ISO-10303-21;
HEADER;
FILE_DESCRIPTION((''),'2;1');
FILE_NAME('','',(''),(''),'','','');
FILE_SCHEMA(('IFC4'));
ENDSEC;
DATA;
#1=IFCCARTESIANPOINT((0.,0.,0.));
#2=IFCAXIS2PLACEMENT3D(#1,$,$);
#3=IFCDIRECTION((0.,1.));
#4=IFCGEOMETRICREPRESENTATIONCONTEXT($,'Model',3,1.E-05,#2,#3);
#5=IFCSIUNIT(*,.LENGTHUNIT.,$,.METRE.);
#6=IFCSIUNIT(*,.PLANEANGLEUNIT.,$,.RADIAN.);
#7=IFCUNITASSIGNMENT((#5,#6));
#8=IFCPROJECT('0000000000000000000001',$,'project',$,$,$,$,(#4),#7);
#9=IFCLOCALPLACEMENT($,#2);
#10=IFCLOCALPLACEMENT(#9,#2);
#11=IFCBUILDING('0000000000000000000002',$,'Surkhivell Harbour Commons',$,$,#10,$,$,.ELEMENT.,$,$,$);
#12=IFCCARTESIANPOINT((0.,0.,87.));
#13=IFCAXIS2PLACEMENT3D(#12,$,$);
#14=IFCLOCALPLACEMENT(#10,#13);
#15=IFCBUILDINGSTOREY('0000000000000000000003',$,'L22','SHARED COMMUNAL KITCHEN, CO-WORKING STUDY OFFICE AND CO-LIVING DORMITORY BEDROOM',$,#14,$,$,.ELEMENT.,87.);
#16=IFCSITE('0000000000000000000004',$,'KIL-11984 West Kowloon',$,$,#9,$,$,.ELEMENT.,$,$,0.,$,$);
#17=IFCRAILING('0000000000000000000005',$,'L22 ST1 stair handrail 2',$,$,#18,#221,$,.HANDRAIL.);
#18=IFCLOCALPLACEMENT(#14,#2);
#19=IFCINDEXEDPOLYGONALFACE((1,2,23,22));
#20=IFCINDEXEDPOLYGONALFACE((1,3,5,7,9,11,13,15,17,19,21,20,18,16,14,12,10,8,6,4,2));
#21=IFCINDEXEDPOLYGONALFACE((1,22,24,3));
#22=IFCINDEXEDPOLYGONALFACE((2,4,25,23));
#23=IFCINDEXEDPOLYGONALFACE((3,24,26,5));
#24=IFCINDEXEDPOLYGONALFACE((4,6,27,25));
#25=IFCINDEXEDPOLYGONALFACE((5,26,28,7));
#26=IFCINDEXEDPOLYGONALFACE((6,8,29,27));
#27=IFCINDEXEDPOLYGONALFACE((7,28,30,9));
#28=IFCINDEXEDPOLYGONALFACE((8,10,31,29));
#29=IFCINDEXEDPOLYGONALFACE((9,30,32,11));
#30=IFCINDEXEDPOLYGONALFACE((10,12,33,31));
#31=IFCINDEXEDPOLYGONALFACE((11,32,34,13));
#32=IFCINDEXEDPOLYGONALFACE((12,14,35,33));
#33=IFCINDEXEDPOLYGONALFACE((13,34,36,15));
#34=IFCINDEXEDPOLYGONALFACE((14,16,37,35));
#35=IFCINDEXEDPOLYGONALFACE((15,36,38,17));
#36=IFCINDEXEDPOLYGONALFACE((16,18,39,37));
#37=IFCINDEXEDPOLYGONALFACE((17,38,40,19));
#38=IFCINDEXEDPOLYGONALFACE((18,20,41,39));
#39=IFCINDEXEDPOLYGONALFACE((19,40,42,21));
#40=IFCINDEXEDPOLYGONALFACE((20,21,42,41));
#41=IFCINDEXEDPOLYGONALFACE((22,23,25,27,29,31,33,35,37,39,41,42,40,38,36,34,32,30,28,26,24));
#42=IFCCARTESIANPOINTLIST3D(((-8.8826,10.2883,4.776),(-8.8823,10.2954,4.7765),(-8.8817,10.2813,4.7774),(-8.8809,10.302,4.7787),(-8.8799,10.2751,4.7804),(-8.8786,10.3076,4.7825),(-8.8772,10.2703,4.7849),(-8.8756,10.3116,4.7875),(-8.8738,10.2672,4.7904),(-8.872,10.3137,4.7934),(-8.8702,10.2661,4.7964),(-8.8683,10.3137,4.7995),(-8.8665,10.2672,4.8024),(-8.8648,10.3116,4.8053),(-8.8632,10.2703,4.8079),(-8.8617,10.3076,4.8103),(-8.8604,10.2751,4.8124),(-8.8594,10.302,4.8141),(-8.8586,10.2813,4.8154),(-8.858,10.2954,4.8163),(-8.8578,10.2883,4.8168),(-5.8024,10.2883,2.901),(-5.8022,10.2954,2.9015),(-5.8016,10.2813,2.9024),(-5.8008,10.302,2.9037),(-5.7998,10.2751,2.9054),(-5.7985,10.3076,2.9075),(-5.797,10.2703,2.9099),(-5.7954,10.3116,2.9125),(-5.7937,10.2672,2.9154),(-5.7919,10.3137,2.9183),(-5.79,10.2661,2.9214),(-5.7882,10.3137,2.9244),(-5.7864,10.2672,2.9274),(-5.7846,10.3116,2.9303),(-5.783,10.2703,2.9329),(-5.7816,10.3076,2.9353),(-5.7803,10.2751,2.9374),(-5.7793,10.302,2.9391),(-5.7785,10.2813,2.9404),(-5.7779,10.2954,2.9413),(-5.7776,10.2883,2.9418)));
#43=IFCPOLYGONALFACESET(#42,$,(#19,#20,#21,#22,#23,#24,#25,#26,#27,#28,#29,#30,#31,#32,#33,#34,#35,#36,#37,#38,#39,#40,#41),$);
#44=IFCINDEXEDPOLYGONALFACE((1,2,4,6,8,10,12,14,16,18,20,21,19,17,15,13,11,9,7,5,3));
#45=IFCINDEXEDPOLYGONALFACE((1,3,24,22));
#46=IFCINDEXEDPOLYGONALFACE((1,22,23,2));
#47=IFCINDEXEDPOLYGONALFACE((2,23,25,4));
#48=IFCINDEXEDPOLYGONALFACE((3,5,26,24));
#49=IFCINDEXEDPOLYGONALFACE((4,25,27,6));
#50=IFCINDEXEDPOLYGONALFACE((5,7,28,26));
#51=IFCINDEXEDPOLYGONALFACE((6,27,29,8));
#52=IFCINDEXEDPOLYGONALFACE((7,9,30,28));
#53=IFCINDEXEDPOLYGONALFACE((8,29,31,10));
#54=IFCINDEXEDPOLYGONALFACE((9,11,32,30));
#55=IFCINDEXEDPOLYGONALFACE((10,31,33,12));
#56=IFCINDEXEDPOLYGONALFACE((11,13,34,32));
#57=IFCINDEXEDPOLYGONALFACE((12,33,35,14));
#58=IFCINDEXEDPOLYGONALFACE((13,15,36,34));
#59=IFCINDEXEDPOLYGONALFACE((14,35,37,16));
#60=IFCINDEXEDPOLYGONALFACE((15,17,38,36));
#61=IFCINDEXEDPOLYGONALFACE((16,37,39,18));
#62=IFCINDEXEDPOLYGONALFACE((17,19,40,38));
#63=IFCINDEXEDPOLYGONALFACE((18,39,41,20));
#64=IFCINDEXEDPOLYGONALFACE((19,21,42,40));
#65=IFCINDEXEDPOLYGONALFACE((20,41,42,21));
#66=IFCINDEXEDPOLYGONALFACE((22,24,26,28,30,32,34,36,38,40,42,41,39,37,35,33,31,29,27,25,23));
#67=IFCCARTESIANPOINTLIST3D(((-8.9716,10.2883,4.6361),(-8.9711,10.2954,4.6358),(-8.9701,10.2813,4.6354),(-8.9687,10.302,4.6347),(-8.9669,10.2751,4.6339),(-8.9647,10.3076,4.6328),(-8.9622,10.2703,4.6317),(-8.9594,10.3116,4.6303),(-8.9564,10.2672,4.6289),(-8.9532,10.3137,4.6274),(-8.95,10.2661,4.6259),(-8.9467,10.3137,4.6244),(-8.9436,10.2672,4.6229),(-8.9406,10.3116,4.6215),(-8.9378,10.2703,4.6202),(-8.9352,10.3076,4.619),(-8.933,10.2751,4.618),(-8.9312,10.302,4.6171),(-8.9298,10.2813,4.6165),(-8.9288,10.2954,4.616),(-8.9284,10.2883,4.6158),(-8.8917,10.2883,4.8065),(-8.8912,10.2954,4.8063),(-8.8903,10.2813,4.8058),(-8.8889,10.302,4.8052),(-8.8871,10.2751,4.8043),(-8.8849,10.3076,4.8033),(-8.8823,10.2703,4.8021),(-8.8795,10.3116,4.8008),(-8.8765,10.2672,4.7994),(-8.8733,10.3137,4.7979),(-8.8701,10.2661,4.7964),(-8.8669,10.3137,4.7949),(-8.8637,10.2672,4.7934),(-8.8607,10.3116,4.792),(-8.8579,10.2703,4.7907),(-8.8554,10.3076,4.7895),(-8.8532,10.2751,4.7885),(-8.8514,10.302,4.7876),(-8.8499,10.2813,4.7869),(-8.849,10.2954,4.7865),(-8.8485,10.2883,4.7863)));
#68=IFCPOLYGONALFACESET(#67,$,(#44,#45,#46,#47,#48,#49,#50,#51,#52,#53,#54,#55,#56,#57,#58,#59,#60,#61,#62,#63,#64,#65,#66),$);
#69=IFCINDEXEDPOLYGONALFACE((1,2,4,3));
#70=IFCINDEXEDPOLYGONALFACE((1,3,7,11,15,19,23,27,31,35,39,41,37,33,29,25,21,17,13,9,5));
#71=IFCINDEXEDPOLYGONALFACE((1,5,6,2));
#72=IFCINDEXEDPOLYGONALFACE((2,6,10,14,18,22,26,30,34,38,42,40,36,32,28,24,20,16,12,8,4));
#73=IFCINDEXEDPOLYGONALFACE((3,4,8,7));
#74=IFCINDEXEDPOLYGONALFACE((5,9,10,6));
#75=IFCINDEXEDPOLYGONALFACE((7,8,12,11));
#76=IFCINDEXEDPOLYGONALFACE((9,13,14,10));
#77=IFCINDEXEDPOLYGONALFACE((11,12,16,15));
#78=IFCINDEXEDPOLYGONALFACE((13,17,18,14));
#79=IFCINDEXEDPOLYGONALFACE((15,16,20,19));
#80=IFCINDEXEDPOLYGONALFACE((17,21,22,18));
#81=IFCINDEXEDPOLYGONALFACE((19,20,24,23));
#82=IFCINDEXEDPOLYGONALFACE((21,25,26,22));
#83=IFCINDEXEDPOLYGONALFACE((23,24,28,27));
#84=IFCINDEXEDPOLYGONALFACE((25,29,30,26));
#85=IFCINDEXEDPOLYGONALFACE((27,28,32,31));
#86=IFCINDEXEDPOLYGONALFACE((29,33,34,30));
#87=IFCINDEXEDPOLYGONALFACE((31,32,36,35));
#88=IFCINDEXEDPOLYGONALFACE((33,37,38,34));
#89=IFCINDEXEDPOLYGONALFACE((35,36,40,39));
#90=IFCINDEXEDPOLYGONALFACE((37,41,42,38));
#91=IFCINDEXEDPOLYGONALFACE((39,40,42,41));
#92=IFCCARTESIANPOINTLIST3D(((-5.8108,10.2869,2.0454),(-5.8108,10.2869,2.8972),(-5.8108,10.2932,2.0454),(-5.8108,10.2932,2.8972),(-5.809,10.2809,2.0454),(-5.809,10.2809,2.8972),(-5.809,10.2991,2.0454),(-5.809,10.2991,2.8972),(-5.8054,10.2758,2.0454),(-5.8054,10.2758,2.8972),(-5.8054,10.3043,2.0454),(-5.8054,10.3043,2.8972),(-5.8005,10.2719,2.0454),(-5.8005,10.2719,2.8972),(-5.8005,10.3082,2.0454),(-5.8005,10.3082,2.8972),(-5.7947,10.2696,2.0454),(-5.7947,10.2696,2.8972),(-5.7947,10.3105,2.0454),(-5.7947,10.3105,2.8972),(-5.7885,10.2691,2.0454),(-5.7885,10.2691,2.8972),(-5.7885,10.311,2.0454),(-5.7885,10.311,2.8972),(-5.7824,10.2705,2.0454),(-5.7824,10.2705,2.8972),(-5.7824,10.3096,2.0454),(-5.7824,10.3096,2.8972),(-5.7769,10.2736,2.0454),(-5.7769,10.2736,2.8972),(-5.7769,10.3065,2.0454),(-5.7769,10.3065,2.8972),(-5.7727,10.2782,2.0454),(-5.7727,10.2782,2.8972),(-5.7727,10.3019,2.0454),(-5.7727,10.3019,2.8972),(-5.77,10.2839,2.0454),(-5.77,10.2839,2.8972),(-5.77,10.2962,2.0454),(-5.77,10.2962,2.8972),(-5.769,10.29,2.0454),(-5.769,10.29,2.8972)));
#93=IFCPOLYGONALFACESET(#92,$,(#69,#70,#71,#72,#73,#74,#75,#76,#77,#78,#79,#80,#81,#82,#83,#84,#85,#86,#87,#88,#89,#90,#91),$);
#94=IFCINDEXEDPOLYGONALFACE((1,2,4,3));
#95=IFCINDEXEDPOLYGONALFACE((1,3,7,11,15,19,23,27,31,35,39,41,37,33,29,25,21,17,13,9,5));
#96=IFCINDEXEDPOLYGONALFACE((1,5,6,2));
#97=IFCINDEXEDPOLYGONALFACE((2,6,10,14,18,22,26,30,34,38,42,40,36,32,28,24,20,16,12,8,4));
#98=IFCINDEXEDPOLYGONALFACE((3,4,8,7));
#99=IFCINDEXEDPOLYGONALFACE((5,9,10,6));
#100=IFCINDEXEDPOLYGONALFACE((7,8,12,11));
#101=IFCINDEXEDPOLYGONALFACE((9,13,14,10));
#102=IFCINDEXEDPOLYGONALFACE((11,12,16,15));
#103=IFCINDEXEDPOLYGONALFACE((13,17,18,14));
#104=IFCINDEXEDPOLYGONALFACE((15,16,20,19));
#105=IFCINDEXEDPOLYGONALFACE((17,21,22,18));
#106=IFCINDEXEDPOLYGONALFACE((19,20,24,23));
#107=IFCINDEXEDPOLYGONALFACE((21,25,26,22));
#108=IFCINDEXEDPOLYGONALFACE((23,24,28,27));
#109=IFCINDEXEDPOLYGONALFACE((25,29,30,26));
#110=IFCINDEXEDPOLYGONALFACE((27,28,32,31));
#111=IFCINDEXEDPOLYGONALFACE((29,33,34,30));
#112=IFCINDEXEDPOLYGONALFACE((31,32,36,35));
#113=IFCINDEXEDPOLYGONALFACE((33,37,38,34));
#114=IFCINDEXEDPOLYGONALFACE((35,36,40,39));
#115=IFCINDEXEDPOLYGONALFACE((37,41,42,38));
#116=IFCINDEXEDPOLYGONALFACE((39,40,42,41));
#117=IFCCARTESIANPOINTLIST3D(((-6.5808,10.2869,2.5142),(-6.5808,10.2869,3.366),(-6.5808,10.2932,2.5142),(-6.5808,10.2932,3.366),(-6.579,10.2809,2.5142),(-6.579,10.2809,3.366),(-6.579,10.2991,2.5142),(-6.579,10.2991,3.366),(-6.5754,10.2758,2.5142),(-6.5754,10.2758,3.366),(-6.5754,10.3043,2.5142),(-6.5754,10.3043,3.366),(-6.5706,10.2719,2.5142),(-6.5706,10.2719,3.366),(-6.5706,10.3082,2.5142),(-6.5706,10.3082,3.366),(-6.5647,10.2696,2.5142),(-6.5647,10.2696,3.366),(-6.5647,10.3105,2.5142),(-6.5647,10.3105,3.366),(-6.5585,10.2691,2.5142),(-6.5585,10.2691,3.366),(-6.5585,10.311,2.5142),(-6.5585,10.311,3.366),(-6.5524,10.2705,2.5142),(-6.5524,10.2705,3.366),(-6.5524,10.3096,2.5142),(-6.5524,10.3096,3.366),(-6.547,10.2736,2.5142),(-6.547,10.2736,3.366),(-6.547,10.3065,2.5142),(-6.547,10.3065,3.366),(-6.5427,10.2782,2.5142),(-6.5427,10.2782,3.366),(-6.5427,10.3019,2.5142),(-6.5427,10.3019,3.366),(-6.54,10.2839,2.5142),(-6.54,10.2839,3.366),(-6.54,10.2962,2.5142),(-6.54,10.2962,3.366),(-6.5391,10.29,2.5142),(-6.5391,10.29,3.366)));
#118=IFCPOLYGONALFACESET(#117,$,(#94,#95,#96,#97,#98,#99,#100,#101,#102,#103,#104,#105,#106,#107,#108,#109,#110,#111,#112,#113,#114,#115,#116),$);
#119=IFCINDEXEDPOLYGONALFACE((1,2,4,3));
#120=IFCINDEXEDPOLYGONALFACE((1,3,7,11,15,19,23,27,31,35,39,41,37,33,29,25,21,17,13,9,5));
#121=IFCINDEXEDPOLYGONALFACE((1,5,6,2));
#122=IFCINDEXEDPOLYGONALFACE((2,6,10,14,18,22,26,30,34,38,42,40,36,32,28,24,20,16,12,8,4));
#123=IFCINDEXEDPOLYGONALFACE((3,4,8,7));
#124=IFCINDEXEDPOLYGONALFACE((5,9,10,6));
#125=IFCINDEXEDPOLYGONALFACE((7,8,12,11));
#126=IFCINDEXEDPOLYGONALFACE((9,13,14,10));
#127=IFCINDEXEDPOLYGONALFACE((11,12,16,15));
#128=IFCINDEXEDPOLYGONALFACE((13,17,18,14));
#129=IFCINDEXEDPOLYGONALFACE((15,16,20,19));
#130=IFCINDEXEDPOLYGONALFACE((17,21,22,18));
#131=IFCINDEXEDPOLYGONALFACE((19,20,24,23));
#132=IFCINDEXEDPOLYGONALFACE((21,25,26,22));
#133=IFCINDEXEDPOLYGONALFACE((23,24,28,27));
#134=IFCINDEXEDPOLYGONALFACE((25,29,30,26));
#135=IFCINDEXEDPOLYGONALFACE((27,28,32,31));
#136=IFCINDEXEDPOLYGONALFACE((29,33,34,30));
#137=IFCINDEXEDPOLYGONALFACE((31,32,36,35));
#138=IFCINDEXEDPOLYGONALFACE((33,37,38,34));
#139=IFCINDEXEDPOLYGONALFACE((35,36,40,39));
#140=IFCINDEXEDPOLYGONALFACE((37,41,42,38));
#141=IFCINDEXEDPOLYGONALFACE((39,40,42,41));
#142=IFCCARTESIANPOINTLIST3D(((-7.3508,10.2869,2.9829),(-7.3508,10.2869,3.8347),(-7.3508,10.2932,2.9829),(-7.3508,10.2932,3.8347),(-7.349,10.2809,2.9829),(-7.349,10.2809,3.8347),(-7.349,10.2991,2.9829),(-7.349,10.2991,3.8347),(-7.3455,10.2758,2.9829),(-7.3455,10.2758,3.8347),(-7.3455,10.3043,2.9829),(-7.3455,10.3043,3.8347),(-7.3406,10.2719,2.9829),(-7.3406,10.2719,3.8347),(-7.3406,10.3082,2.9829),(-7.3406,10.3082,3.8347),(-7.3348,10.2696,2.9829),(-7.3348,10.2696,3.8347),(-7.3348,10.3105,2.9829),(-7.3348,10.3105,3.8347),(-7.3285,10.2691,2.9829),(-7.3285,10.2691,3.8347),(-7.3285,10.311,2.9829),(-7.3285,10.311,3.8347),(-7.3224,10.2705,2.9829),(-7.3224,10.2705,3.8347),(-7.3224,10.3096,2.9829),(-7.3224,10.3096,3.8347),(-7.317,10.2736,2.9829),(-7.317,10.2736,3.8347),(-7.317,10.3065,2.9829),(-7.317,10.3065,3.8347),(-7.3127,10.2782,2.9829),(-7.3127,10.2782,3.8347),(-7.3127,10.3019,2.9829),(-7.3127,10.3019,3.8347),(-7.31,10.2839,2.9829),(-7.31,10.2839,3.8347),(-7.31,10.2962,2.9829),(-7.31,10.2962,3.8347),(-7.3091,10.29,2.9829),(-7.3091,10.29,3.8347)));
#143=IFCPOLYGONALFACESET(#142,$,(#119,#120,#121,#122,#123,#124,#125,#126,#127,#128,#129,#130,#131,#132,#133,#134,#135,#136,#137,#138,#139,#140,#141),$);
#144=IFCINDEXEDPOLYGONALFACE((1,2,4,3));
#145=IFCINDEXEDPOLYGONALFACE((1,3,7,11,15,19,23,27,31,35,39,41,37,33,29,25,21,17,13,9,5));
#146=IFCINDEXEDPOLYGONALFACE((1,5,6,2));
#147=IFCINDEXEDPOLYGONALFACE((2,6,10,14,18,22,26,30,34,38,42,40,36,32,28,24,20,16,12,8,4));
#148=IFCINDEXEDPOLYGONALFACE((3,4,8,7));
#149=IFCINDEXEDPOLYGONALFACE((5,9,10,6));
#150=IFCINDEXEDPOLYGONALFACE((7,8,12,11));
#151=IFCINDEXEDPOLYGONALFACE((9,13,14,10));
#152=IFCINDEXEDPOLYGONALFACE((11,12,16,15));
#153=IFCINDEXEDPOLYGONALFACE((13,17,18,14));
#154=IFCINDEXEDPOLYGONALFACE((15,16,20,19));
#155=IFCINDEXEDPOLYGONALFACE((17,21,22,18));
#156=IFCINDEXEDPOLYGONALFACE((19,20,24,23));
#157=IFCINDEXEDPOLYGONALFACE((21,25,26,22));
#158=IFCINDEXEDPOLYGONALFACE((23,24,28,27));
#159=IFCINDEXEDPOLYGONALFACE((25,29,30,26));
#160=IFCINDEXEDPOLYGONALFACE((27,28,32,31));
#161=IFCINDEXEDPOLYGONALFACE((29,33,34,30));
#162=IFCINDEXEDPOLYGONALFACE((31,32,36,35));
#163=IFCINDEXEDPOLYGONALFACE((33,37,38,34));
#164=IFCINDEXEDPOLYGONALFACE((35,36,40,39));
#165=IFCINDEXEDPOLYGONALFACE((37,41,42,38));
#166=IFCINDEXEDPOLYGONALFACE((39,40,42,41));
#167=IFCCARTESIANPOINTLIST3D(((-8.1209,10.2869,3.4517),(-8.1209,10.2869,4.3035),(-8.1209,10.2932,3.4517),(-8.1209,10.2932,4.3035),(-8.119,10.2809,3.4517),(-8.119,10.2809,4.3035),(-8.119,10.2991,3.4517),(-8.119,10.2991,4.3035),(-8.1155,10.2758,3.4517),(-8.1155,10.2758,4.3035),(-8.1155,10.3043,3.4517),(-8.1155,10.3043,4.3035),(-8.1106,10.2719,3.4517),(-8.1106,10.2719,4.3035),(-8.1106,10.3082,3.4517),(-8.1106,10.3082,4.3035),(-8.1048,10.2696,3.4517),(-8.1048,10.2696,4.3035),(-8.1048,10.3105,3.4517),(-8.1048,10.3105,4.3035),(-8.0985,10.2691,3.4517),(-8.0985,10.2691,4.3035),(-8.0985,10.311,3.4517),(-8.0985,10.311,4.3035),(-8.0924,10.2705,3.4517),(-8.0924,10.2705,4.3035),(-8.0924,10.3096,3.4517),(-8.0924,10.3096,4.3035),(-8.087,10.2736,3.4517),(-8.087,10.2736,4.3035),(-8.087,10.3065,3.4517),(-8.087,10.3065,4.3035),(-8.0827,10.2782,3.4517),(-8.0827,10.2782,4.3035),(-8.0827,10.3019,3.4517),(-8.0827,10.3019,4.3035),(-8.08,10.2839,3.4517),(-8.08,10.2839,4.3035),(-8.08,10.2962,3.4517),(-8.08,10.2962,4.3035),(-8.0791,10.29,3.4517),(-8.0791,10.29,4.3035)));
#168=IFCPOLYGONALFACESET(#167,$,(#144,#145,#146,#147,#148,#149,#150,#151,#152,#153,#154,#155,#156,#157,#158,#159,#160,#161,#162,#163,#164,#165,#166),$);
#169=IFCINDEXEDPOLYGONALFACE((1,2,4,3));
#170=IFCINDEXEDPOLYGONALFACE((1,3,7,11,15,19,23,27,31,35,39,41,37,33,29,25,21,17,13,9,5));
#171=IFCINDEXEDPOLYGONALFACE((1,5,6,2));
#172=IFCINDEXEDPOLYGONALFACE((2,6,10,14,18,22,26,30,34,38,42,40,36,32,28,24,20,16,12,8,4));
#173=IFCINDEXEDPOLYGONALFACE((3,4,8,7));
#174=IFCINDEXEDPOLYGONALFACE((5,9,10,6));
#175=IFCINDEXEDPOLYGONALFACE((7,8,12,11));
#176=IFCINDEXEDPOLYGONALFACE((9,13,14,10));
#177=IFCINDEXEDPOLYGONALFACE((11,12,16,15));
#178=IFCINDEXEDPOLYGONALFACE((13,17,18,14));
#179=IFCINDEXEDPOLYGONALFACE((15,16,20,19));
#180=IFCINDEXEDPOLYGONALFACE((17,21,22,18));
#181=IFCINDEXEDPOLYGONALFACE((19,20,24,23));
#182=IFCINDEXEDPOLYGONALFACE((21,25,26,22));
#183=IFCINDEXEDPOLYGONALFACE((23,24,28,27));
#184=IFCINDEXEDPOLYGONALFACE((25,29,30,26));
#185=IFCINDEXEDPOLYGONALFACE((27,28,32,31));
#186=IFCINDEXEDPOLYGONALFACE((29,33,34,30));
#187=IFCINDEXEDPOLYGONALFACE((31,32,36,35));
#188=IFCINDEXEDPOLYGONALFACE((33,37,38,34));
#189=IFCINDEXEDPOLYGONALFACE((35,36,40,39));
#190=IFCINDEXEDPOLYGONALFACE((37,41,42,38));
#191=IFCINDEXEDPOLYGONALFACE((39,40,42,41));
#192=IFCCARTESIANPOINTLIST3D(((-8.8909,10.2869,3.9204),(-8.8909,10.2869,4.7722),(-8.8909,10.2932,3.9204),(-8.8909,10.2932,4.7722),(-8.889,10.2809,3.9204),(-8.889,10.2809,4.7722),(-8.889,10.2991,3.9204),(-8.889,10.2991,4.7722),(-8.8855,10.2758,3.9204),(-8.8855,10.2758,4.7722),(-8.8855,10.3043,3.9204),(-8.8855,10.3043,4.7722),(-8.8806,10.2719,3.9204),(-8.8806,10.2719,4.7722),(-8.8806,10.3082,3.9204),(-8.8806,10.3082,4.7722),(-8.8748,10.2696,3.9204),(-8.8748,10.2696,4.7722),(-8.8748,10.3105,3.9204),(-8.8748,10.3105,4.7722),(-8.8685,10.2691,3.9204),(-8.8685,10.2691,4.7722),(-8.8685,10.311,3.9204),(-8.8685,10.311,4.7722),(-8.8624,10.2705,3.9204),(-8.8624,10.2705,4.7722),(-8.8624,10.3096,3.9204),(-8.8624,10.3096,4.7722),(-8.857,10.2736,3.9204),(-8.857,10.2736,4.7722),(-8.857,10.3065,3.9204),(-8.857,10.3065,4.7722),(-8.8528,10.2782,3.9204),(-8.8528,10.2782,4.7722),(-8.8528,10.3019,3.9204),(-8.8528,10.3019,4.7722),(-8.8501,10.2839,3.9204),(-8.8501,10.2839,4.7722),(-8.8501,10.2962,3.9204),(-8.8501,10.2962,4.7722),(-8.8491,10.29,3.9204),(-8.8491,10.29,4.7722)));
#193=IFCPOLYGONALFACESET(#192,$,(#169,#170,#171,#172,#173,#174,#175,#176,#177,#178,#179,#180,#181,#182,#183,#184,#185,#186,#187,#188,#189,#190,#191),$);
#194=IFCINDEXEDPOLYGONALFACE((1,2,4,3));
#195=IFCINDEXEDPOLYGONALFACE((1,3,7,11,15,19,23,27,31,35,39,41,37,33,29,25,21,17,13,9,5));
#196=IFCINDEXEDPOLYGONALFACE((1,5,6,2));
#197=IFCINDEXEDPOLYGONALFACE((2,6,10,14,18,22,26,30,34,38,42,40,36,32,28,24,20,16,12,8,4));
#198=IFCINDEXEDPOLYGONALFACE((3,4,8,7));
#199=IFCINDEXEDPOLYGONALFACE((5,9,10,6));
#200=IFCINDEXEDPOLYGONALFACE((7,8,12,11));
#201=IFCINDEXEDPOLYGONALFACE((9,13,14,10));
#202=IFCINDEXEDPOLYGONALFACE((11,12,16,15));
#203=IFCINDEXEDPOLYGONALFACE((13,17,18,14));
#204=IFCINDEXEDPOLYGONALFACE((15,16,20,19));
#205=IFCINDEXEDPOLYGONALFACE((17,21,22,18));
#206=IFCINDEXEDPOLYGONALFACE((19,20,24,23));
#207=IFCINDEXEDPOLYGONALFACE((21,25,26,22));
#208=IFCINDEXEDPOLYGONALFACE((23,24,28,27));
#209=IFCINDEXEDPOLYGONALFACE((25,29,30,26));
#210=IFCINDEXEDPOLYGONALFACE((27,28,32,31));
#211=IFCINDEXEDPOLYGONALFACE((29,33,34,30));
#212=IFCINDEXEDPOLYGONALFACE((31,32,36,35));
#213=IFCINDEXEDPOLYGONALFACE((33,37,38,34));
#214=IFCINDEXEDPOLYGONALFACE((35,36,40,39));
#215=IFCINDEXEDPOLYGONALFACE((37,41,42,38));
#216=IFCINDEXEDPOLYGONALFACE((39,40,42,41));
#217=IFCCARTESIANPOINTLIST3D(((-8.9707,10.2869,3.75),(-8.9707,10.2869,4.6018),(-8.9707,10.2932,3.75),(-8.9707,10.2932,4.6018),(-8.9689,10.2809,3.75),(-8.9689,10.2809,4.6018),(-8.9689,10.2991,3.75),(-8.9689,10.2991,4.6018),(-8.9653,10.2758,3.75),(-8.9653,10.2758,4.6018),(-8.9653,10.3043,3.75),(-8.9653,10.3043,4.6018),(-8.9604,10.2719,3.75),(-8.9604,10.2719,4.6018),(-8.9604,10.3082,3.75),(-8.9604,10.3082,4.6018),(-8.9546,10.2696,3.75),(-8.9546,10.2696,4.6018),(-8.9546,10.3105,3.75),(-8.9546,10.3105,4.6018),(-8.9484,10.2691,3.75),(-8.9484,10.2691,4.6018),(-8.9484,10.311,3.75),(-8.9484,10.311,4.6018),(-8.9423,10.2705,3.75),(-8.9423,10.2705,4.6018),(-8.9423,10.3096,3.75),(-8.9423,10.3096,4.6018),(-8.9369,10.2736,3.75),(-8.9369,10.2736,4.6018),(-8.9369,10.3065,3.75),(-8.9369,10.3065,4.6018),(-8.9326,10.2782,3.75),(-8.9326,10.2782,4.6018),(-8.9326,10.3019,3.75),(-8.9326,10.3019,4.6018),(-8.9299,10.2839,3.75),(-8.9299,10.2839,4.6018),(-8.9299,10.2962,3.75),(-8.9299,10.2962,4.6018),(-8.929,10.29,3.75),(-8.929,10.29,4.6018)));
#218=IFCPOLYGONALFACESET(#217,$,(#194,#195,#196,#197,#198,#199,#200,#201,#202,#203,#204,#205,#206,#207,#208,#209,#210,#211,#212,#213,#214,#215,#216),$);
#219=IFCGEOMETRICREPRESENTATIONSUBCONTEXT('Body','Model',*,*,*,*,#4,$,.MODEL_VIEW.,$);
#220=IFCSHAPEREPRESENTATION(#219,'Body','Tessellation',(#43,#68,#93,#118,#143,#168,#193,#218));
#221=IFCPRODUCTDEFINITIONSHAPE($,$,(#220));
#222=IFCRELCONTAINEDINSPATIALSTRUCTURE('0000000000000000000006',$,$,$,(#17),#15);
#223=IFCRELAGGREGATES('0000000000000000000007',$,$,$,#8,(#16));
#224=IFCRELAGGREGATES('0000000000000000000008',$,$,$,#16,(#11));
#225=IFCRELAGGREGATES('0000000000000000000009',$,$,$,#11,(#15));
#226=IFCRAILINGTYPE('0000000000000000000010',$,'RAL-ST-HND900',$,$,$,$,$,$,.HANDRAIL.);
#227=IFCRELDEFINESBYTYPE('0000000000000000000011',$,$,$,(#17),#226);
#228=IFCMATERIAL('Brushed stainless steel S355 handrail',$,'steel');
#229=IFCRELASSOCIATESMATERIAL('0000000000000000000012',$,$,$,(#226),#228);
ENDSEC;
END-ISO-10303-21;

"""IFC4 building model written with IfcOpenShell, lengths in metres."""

from ifc_helpers import new_model, si_unit, direction, frame, origin, origin_2d, place, context, subcontext, project, spatial, circle, extrude, material, type_object, element, save


model = new_model("IFC4")

# Units and contexts
model_context = context("Model", 3, precision=1e-05, world=origin(), true_north=direction((0.0, 1.0)))
body_context = subcontext(model_context, "Body", "Model", "MODEL_VIEW")
ifc_project = project(units=[si_unit("LENGTHUNIT", "METRE"), si_unit("PLANEANGLEUNIT", "RADIAN")], contexts=[model_context])

# Site, building, storey
site_placement = place(None, origin())
site = spatial("IfcSite", under=ifc_project, at=site_placement, Name="KIL-11984 West Kowloon", CompositionType="ELEMENT", RefElevation=0.0)
building_placement = place(site_placement, origin())
building = spatial("IfcBuilding", under=site, at=building_placement, Name="Surkhivell Harbour Commons", CompositionType="ELEMENT")
storey_placement = place(building_placement, frame((0.0, 0.0, 87.0)))
storey = spatial("IfcBuildingStorey", under=building, at=storey_placement, Name="L22", Description="SHARED COMMUNAL KITCHEN, CO-WORKING STUDY OFFICE AND CO-LIVING DORMITORY BEDROOM", CompositionType="ELEMENT", Elevation=87.0)

# Railing
ifc_material_1 = material(Name="Brushed stainless steel S355 handrail", Category="steel")
railing_type_1 = type_object("IfcRailingType", Name="RAL-ST-HND900", PredefinedType="HANDRAIL", material=ifc_material_1)
railing_1_placement = place(storey_placement, frame((-5.79, 10.29, 2.0454)))
element("IfcRailing", 1, at=railing_1_placement, inside=storey, type_object=railing_type_1, Name="L22 ST1 stair handrail 2", PredefinedType="HANDRAIL", context=body_context, shape_type="SweptSolid", body=[
    extrude(circle(Radius=0.0239, at=origin_2d()), frame((0.0, 0.0, 0.876), z_axis=(-0.854178, 0.0, 0.519981), x_axis=(0.0, -1.0, 0.0)), (0.0, 0.0, 1.0), 3.606),
    extrude(circle(Radius=0.0239, at=origin_2d()), frame((-3.0801, 0.0, 2.751), z_axis=(-0.424234, 0.0, -0.905552), x_axis=(0.0, -1.0, 0.0)), (0.0, 0.0, 1.0), 0.1882),
    extrude(circle(Radius=0.021, at=origin_2d()), origin(), (0.0, 0.0, 1.0), 0.8518),
    extrude(circle(Radius=0.021, at=origin_2d()), frame((-0.77, 0.0, 0.4688)), (0.0, 0.0, 1.0), 0.8518),
    extrude(circle(Radius=0.021, at=origin_2d()), frame((-1.54, 0.0, 0.9375)), (0.0, 0.0, 1.0), 0.8518),
    extrude(circle(Radius=0.021, at=origin_2d()), frame((-2.3101, 0.0, 1.4062)), (0.0, 0.0, 1.0), 0.8518),
    extrude(circle(Radius=0.021, at=origin_2d()), frame((-3.0801, 0.0, 1.875)), (0.0, 0.0, 1.0), 0.8518),
    extrude(circle(Radius=0.021, at=origin_2d()), frame((-3.1599, 0.0, 1.7046)), (0.0, 0.0, 1.0), 0.8518),
])

save(model, "model.ifc")
